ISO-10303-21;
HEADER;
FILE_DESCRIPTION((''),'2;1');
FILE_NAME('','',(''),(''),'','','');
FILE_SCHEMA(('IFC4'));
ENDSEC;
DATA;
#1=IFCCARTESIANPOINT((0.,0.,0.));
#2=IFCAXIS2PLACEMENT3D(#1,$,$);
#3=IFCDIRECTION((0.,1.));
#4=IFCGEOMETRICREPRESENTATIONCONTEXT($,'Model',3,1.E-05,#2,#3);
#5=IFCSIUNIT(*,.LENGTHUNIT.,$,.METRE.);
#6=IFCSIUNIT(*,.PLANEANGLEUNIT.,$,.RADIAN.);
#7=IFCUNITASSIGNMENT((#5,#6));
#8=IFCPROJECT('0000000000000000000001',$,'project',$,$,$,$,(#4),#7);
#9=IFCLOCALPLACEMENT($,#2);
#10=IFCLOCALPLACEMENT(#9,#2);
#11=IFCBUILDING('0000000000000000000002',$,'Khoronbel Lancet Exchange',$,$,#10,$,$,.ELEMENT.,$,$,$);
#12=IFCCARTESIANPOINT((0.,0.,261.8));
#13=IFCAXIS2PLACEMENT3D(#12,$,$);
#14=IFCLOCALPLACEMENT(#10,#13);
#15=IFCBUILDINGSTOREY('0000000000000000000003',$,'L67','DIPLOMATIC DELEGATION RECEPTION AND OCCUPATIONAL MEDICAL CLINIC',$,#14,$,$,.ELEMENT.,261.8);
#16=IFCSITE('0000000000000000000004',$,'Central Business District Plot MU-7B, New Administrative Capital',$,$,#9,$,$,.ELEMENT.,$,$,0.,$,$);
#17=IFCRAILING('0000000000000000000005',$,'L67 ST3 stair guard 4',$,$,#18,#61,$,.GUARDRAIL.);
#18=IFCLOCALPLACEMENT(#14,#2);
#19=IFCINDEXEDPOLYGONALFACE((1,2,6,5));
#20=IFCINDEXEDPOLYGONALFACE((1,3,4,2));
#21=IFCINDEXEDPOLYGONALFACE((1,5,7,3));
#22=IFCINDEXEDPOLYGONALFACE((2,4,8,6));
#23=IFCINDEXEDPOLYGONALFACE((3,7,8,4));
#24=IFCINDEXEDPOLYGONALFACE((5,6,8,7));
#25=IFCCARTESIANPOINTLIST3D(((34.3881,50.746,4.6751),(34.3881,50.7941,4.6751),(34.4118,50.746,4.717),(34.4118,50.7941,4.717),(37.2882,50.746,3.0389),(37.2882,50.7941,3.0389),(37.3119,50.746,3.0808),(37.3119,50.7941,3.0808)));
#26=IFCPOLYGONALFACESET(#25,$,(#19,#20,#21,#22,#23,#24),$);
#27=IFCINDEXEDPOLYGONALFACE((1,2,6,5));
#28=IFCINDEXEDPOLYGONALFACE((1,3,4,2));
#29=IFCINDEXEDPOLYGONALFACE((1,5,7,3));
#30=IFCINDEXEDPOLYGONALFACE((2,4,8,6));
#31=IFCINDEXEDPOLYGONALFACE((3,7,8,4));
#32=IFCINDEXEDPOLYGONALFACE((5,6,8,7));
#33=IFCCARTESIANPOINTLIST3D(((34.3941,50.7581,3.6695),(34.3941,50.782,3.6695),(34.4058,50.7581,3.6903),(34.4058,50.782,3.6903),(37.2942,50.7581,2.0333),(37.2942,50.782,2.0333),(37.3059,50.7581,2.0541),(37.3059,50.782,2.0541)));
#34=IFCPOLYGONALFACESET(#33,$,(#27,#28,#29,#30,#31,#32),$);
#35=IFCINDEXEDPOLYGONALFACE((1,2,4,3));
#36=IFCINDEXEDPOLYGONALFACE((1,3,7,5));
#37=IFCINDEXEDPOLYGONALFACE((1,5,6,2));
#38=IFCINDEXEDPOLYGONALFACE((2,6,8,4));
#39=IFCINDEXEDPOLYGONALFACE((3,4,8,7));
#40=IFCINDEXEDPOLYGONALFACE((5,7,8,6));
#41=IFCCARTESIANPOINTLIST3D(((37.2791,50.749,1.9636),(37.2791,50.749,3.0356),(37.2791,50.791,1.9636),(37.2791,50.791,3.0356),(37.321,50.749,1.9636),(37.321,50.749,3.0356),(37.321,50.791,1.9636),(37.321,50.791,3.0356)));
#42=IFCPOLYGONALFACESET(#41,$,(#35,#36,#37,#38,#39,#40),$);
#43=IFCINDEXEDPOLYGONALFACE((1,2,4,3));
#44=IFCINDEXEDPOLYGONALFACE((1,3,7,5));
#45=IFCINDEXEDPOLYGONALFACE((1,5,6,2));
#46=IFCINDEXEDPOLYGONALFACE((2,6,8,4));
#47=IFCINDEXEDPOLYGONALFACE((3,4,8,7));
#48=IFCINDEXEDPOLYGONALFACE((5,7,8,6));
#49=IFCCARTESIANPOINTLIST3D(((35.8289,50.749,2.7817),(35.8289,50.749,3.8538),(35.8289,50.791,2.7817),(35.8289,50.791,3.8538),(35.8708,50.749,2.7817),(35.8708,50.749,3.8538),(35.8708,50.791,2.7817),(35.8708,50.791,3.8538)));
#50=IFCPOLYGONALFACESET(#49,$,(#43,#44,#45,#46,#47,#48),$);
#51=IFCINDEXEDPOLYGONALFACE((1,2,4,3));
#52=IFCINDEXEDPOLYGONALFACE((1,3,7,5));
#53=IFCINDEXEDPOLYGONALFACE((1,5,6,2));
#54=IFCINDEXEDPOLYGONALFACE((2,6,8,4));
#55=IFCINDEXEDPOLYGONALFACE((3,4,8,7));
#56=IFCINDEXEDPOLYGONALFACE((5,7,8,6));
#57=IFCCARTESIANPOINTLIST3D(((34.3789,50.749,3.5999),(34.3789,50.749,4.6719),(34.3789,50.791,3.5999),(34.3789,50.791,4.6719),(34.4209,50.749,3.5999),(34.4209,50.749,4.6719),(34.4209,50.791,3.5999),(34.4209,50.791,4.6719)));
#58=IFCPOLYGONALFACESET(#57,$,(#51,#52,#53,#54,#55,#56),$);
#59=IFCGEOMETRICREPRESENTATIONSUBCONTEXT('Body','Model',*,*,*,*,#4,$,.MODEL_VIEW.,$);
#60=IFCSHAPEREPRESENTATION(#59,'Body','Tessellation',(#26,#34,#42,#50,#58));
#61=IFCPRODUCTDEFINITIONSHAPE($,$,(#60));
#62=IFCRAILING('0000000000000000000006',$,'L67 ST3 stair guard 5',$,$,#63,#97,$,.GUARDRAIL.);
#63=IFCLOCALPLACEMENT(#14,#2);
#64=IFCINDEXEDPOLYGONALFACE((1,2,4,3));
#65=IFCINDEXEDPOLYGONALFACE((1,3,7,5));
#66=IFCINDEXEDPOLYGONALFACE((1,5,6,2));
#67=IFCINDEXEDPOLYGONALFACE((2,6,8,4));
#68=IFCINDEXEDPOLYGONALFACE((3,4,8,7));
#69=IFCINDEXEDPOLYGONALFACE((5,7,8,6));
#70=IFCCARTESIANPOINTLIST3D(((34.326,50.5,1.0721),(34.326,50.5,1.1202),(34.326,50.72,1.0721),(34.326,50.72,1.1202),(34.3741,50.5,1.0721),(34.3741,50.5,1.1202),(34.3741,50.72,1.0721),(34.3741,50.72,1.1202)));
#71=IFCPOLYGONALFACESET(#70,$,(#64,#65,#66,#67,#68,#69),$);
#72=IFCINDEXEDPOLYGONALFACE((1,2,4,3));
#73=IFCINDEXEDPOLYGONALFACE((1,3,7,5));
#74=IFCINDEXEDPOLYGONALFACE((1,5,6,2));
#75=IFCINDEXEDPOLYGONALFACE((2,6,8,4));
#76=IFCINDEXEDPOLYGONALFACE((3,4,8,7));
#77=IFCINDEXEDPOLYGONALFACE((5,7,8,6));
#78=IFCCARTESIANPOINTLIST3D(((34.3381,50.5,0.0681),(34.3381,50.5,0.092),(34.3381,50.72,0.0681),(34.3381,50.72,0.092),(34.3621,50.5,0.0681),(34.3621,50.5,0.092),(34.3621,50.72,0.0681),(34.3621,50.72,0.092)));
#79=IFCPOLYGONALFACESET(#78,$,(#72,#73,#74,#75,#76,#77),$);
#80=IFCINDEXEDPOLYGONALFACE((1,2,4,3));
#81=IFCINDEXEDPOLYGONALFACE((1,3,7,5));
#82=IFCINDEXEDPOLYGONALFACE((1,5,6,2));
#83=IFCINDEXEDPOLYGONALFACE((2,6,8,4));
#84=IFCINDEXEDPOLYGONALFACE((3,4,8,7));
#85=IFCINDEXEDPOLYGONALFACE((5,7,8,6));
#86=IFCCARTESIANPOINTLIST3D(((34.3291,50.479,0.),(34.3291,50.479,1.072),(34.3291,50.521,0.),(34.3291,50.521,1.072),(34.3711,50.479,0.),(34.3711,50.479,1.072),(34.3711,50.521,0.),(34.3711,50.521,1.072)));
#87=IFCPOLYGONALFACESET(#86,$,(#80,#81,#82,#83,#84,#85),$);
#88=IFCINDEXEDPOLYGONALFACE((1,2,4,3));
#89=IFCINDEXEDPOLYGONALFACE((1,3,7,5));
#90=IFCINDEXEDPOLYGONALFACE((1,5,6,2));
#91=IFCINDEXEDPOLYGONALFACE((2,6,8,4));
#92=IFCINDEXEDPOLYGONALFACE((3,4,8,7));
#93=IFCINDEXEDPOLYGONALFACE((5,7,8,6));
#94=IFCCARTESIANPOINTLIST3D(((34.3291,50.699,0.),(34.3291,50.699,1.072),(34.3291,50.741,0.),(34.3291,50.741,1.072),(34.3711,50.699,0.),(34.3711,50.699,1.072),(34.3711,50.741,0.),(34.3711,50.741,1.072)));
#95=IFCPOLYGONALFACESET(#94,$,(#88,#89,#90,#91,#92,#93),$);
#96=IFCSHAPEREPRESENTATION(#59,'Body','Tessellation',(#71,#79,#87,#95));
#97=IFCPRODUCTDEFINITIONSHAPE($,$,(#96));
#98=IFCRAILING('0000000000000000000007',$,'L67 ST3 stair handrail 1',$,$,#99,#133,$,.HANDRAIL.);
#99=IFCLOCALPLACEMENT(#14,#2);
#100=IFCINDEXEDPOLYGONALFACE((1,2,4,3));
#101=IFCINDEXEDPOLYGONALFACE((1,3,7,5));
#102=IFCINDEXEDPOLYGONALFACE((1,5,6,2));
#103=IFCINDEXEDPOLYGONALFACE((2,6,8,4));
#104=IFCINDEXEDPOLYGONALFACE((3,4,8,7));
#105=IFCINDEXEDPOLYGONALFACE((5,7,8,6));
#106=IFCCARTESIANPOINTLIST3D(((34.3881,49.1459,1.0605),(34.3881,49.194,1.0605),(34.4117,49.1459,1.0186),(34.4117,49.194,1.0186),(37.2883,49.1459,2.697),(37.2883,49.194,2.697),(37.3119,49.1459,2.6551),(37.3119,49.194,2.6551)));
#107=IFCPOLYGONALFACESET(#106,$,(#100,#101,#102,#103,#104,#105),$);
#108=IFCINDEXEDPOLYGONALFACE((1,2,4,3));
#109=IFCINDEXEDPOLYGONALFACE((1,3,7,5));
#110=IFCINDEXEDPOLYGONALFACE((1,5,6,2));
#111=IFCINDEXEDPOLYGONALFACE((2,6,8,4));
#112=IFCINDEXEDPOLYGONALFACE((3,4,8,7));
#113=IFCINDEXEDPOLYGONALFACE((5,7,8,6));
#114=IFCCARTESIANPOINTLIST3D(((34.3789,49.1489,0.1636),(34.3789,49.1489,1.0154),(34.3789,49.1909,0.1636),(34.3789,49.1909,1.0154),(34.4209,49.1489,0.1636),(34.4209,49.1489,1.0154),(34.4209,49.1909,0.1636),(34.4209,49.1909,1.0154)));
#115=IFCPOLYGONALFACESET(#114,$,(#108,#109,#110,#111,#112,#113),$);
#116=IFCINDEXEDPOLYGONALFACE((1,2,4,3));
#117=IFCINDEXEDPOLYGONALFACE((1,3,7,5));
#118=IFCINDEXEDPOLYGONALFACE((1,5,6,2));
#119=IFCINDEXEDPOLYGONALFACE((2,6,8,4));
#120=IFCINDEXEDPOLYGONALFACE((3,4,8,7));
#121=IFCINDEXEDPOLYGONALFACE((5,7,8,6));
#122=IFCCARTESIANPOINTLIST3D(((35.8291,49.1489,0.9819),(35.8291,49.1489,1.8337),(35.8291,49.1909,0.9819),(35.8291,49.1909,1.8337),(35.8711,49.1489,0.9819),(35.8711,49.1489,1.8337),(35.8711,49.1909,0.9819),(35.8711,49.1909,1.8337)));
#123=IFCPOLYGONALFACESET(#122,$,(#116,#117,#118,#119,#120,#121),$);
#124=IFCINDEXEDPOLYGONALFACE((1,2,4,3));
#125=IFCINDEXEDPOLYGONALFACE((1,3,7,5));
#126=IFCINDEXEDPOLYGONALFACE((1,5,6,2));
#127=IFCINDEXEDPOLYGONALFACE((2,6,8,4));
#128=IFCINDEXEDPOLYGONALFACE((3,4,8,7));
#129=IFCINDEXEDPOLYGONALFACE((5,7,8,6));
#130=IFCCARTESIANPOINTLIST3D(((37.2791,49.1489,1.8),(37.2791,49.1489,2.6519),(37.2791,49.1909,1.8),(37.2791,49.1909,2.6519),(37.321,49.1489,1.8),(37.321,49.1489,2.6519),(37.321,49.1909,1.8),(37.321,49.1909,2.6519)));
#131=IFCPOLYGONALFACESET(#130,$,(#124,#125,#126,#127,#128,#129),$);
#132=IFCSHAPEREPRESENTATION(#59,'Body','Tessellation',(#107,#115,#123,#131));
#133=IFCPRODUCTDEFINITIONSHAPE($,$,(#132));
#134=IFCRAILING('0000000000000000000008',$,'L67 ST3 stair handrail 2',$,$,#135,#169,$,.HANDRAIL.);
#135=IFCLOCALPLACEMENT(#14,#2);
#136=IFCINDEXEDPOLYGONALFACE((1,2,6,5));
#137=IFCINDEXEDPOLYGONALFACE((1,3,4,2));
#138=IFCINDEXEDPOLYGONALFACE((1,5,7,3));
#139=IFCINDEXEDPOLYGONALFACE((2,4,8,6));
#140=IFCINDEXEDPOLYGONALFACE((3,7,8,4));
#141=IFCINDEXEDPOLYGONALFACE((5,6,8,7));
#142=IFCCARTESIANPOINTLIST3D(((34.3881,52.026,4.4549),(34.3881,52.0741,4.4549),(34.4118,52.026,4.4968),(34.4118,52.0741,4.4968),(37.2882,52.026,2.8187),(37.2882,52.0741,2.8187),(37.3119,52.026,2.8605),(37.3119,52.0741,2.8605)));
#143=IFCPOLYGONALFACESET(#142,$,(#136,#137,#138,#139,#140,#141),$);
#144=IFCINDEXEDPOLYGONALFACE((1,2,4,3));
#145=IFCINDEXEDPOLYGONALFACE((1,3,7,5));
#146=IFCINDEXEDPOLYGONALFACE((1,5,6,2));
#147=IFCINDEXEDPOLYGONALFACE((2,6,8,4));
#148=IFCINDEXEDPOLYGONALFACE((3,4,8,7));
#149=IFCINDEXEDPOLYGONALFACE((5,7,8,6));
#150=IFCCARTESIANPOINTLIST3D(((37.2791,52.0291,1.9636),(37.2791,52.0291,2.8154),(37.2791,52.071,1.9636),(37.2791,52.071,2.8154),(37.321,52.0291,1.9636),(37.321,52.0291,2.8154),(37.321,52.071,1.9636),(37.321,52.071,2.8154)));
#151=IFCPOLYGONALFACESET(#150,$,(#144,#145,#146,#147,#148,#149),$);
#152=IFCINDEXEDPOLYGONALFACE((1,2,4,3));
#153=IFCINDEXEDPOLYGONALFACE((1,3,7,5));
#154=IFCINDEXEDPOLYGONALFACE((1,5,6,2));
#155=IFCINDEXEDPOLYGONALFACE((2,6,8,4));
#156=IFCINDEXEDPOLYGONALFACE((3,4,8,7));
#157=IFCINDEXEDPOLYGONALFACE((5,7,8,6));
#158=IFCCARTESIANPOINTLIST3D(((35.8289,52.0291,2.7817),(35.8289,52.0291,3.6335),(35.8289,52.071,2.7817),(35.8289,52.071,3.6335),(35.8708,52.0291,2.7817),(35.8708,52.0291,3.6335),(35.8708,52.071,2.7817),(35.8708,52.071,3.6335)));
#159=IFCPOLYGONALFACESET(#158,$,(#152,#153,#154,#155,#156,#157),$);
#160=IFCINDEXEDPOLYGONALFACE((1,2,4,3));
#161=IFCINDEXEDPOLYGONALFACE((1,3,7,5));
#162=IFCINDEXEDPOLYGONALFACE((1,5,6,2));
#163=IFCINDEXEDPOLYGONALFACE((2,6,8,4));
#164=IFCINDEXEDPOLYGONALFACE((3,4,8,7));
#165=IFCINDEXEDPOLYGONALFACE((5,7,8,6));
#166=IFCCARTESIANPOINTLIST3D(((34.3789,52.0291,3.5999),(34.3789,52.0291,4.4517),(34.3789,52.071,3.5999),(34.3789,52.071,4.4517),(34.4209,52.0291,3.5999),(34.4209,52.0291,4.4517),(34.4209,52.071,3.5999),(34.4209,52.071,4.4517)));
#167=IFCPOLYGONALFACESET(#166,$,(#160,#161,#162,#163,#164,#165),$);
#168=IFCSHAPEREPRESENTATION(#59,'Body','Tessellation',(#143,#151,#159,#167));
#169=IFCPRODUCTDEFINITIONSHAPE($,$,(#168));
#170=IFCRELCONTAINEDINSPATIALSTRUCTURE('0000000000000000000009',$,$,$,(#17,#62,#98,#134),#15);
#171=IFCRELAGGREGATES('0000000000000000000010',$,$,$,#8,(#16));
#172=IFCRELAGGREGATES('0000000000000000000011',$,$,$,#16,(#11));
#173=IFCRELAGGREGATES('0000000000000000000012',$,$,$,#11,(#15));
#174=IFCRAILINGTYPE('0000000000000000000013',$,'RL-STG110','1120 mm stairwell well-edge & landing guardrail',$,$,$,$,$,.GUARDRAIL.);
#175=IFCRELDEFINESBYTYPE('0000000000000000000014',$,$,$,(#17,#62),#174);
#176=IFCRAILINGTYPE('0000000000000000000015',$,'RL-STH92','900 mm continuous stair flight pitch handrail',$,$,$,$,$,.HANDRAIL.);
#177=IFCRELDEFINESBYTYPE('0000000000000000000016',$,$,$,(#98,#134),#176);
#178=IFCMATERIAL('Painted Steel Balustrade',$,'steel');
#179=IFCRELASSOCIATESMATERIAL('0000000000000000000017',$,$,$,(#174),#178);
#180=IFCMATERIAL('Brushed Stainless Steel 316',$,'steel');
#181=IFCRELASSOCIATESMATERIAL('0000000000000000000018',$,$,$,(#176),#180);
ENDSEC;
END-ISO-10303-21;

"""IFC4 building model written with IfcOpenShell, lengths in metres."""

from ifc_helpers import new_model, si_unit, direction, frame, origin, origin_2d, place, context, subcontext, project, spatial, rectangle, extrude, material, type_object, element, save


model = new_model("IFC4")

# Units and contexts
model_context = context("Model", 3, precision=1e-05, world=origin(), true_north=direction((0.0, 1.0)))
body_context = subcontext(model_context, "Body", "Model", "MODEL_VIEW")
ifc_project = project(units=[si_unit("LENGTHUNIT", "METRE"), si_unit("PLANEANGLEUNIT", "RADIAN")], contexts=[model_context])

# Site, building, storey
site_placement = place(None, origin())
site = spatial("IfcSite", under=ifc_project, at=site_placement, Name="Central Business District Plot MU-7B, New Administrative Capital", CompositionType="ELEMENT", RefElevation=0.0)
building_placement = place(site_placement, origin())
building = spatial("IfcBuilding", under=site, at=building_placement, Name="Khoronbel Lancet Exchange", CompositionType="ELEMENT")
storey_placement = place(building_placement, frame((0.0, 0.0, 261.8)))
storey = spatial("IfcBuildingStorey", under=building, at=storey_placement, Name="L67", Description="DIPLOMATIC DELEGATION RECEPTION AND OCCUPATIONAL MEDICAL CLINIC", CompositionType="ELEMENT", Elevation=261.8)

# Railings
ifc_material_1 = material(Name="Painted Steel Balustrade", Category="steel")
railing_type_1 = type_object("IfcRailingType", Name="RL-STG110", Description="1120 mm stairwell well-edge & landing guardrail", PredefinedType="GUARDRAIL", material=ifc_material_1)
railing_1_placement = place(storey_placement, frame((37.3, 50.77, 1.9636)))
element("IfcRailing", 1, at=railing_1_placement, inside=storey, type_object=railing_type_1, Name="L67 ST3 stair guard 4", PredefinedType="GUARDRAIL", context=body_context, shape_type="SweptSolid", body=[
    extrude(rectangle(XDim=0.0481, YDim=0.0481, at=origin_2d()), frame((0.0, 0.0, 1.0962), z_axis=(-0.870946, 0.0, 0.491378), x_axis=(0.0, -1.0, 0.0)), (0.0, 0.0, 1.0), 3.3298),
    extrude(rectangle(XDim=0.0239, YDim=0.0239, at=origin_2d()), frame((0.0, 0.0, 0.0801), z_axis=(-0.870946, 0.0, 0.491378), x_axis=(0.0, -1.0, 0.0)), (0.0, 0.0, 1.0), 3.3298),
    extrude(rectangle(XDim=0.042, YDim=0.042, at=origin_2d()), origin(), (0.0, 0.0, 1.0), 1.072),
    extrude(rectangle(XDim=0.042, YDim=0.042, at=origin_2d()), frame((-1.4502, 0.0, 0.8181)), (0.0, 0.0, 1.0), 1.072),
    extrude(rectangle(XDim=0.042, YDim=0.042, at=origin_2d()), frame((-2.9001, 0.0, 1.6362)), (0.0, 0.0, 1.0), 1.072),
])
railing_2_placement = place(storey_placement, frame((34.3501, 50.5, 0.0)))
element("IfcRailing", 2, at=railing_2_placement, inside=storey, type_object=railing_type_1, Name="L67 ST3 stair guard 5", PredefinedType="GUARDRAIL", context=body_context, shape_type="SweptSolid", body=[
    extrude(rectangle(XDim=0.0481, YDim=0.0481, at=origin_2d()), frame((0.0, 0.0, 1.0962), z_axis=(0.0, 1.0, 0.0), x_axis=(-1.0, 0.0, 0.0)), (0.0, 0.0, 1.0), 0.22),
    extrude(rectangle(XDim=0.0239, YDim=0.0239, at=origin_2d()), frame((0.0, 0.0, 0.0801), z_axis=(0.0, 1.0, 0.0), x_axis=(-1.0, 0.0, 0.0)), (0.0, 0.0, 1.0), 0.22),
    extrude(rectangle(XDim=0.042, YDim=0.042, at=origin_2d()), origin(), (0.0, 0.0, 1.0), 1.072),
    extrude(rectangle(XDim=0.042, YDim=0.042, at=origin_2d()), frame((0.0, 0.22, 0.0)), (0.0, 0.0, 1.0), 1.072),
])
ifc_material_2 = material(Name="Brushed Stainless Steel 316", Category="steel")
railing_type_2 = type_object("IfcRailingType", Name="RL-STH92", Description="900 mm continuous stair flight pitch handrail", PredefinedType="HANDRAIL", material=ifc_material_2)
railing_3_placement = place(storey_placement, frame((34.3999, 49.1699, 0.1636)))
element("IfcRailing", 3, at=railing_3_placement, inside=storey, type_object=railing_type_2, Name="L67 ST3 stair handrail 1", PredefinedType="HANDRAIL", context=body_context, shape_type="SweptSolid", body=[
    extrude(rectangle(XDim=0.0481, YDim=0.0481, at=origin_2d()), frame((0.0, 0.0, 0.876), z_axis=(0.870915, 0.0, 0.491434), x_axis=(0.0, 1.0, 0.0)), (0.0, 0.0, 1.0), 3.3301),
    extrude(rectangle(XDim=0.042, YDim=0.042, at=origin_2d()), origin(), (0.0, 0.0, 1.0), 0.8518),
    extrude(rectangle(XDim=0.042, YDim=0.042, at=origin_2d()), frame((1.4502, 0.0, 0.8184)), (0.0, 0.0, 1.0), 0.8518),
    extrude(rectangle(XDim=0.042, YDim=0.042, at=origin_2d()), frame((2.9001, 0.0, 1.6365)), (0.0, 0.0, 1.0), 0.8518),
])
railing_4_placement = place(storey_placement, frame((37.3, 52.05, 1.9636)))
element("IfcRailing", 4, at=railing_4_placement, inside=storey, type_object=railing_type_2, Name="L67 ST3 stair handrail 2", PredefinedType="HANDRAIL", context=body_context, shape_type="SweptSolid", body=[
    extrude(rectangle(XDim=0.0481, YDim=0.0481, at=origin_2d()), frame((0.0, 0.0, 0.876), z_axis=(-0.870946, 0.0, 0.491378), x_axis=(0.0, -1.0, 0.0)), (0.0, 0.0, 1.0), 3.3298),
    extrude(rectangle(XDim=0.042, YDim=0.042, at=origin_2d()), origin(), (0.0, 0.0, 1.0), 0.8518),
    extrude(rectangle(XDim=0.042, YDim=0.042, at=origin_2d()), frame((-1.4502, 0.0, 0.8181)), (0.0, 0.0, 1.0), 0.8518),
    extrude(rectangle(XDim=0.042, YDim=0.042, at=origin_2d()), frame((-2.9001, 0.0, 1.6362)), (0.0, 0.0, 1.0), 0.8518),
])

save(model, "model.ifc")
